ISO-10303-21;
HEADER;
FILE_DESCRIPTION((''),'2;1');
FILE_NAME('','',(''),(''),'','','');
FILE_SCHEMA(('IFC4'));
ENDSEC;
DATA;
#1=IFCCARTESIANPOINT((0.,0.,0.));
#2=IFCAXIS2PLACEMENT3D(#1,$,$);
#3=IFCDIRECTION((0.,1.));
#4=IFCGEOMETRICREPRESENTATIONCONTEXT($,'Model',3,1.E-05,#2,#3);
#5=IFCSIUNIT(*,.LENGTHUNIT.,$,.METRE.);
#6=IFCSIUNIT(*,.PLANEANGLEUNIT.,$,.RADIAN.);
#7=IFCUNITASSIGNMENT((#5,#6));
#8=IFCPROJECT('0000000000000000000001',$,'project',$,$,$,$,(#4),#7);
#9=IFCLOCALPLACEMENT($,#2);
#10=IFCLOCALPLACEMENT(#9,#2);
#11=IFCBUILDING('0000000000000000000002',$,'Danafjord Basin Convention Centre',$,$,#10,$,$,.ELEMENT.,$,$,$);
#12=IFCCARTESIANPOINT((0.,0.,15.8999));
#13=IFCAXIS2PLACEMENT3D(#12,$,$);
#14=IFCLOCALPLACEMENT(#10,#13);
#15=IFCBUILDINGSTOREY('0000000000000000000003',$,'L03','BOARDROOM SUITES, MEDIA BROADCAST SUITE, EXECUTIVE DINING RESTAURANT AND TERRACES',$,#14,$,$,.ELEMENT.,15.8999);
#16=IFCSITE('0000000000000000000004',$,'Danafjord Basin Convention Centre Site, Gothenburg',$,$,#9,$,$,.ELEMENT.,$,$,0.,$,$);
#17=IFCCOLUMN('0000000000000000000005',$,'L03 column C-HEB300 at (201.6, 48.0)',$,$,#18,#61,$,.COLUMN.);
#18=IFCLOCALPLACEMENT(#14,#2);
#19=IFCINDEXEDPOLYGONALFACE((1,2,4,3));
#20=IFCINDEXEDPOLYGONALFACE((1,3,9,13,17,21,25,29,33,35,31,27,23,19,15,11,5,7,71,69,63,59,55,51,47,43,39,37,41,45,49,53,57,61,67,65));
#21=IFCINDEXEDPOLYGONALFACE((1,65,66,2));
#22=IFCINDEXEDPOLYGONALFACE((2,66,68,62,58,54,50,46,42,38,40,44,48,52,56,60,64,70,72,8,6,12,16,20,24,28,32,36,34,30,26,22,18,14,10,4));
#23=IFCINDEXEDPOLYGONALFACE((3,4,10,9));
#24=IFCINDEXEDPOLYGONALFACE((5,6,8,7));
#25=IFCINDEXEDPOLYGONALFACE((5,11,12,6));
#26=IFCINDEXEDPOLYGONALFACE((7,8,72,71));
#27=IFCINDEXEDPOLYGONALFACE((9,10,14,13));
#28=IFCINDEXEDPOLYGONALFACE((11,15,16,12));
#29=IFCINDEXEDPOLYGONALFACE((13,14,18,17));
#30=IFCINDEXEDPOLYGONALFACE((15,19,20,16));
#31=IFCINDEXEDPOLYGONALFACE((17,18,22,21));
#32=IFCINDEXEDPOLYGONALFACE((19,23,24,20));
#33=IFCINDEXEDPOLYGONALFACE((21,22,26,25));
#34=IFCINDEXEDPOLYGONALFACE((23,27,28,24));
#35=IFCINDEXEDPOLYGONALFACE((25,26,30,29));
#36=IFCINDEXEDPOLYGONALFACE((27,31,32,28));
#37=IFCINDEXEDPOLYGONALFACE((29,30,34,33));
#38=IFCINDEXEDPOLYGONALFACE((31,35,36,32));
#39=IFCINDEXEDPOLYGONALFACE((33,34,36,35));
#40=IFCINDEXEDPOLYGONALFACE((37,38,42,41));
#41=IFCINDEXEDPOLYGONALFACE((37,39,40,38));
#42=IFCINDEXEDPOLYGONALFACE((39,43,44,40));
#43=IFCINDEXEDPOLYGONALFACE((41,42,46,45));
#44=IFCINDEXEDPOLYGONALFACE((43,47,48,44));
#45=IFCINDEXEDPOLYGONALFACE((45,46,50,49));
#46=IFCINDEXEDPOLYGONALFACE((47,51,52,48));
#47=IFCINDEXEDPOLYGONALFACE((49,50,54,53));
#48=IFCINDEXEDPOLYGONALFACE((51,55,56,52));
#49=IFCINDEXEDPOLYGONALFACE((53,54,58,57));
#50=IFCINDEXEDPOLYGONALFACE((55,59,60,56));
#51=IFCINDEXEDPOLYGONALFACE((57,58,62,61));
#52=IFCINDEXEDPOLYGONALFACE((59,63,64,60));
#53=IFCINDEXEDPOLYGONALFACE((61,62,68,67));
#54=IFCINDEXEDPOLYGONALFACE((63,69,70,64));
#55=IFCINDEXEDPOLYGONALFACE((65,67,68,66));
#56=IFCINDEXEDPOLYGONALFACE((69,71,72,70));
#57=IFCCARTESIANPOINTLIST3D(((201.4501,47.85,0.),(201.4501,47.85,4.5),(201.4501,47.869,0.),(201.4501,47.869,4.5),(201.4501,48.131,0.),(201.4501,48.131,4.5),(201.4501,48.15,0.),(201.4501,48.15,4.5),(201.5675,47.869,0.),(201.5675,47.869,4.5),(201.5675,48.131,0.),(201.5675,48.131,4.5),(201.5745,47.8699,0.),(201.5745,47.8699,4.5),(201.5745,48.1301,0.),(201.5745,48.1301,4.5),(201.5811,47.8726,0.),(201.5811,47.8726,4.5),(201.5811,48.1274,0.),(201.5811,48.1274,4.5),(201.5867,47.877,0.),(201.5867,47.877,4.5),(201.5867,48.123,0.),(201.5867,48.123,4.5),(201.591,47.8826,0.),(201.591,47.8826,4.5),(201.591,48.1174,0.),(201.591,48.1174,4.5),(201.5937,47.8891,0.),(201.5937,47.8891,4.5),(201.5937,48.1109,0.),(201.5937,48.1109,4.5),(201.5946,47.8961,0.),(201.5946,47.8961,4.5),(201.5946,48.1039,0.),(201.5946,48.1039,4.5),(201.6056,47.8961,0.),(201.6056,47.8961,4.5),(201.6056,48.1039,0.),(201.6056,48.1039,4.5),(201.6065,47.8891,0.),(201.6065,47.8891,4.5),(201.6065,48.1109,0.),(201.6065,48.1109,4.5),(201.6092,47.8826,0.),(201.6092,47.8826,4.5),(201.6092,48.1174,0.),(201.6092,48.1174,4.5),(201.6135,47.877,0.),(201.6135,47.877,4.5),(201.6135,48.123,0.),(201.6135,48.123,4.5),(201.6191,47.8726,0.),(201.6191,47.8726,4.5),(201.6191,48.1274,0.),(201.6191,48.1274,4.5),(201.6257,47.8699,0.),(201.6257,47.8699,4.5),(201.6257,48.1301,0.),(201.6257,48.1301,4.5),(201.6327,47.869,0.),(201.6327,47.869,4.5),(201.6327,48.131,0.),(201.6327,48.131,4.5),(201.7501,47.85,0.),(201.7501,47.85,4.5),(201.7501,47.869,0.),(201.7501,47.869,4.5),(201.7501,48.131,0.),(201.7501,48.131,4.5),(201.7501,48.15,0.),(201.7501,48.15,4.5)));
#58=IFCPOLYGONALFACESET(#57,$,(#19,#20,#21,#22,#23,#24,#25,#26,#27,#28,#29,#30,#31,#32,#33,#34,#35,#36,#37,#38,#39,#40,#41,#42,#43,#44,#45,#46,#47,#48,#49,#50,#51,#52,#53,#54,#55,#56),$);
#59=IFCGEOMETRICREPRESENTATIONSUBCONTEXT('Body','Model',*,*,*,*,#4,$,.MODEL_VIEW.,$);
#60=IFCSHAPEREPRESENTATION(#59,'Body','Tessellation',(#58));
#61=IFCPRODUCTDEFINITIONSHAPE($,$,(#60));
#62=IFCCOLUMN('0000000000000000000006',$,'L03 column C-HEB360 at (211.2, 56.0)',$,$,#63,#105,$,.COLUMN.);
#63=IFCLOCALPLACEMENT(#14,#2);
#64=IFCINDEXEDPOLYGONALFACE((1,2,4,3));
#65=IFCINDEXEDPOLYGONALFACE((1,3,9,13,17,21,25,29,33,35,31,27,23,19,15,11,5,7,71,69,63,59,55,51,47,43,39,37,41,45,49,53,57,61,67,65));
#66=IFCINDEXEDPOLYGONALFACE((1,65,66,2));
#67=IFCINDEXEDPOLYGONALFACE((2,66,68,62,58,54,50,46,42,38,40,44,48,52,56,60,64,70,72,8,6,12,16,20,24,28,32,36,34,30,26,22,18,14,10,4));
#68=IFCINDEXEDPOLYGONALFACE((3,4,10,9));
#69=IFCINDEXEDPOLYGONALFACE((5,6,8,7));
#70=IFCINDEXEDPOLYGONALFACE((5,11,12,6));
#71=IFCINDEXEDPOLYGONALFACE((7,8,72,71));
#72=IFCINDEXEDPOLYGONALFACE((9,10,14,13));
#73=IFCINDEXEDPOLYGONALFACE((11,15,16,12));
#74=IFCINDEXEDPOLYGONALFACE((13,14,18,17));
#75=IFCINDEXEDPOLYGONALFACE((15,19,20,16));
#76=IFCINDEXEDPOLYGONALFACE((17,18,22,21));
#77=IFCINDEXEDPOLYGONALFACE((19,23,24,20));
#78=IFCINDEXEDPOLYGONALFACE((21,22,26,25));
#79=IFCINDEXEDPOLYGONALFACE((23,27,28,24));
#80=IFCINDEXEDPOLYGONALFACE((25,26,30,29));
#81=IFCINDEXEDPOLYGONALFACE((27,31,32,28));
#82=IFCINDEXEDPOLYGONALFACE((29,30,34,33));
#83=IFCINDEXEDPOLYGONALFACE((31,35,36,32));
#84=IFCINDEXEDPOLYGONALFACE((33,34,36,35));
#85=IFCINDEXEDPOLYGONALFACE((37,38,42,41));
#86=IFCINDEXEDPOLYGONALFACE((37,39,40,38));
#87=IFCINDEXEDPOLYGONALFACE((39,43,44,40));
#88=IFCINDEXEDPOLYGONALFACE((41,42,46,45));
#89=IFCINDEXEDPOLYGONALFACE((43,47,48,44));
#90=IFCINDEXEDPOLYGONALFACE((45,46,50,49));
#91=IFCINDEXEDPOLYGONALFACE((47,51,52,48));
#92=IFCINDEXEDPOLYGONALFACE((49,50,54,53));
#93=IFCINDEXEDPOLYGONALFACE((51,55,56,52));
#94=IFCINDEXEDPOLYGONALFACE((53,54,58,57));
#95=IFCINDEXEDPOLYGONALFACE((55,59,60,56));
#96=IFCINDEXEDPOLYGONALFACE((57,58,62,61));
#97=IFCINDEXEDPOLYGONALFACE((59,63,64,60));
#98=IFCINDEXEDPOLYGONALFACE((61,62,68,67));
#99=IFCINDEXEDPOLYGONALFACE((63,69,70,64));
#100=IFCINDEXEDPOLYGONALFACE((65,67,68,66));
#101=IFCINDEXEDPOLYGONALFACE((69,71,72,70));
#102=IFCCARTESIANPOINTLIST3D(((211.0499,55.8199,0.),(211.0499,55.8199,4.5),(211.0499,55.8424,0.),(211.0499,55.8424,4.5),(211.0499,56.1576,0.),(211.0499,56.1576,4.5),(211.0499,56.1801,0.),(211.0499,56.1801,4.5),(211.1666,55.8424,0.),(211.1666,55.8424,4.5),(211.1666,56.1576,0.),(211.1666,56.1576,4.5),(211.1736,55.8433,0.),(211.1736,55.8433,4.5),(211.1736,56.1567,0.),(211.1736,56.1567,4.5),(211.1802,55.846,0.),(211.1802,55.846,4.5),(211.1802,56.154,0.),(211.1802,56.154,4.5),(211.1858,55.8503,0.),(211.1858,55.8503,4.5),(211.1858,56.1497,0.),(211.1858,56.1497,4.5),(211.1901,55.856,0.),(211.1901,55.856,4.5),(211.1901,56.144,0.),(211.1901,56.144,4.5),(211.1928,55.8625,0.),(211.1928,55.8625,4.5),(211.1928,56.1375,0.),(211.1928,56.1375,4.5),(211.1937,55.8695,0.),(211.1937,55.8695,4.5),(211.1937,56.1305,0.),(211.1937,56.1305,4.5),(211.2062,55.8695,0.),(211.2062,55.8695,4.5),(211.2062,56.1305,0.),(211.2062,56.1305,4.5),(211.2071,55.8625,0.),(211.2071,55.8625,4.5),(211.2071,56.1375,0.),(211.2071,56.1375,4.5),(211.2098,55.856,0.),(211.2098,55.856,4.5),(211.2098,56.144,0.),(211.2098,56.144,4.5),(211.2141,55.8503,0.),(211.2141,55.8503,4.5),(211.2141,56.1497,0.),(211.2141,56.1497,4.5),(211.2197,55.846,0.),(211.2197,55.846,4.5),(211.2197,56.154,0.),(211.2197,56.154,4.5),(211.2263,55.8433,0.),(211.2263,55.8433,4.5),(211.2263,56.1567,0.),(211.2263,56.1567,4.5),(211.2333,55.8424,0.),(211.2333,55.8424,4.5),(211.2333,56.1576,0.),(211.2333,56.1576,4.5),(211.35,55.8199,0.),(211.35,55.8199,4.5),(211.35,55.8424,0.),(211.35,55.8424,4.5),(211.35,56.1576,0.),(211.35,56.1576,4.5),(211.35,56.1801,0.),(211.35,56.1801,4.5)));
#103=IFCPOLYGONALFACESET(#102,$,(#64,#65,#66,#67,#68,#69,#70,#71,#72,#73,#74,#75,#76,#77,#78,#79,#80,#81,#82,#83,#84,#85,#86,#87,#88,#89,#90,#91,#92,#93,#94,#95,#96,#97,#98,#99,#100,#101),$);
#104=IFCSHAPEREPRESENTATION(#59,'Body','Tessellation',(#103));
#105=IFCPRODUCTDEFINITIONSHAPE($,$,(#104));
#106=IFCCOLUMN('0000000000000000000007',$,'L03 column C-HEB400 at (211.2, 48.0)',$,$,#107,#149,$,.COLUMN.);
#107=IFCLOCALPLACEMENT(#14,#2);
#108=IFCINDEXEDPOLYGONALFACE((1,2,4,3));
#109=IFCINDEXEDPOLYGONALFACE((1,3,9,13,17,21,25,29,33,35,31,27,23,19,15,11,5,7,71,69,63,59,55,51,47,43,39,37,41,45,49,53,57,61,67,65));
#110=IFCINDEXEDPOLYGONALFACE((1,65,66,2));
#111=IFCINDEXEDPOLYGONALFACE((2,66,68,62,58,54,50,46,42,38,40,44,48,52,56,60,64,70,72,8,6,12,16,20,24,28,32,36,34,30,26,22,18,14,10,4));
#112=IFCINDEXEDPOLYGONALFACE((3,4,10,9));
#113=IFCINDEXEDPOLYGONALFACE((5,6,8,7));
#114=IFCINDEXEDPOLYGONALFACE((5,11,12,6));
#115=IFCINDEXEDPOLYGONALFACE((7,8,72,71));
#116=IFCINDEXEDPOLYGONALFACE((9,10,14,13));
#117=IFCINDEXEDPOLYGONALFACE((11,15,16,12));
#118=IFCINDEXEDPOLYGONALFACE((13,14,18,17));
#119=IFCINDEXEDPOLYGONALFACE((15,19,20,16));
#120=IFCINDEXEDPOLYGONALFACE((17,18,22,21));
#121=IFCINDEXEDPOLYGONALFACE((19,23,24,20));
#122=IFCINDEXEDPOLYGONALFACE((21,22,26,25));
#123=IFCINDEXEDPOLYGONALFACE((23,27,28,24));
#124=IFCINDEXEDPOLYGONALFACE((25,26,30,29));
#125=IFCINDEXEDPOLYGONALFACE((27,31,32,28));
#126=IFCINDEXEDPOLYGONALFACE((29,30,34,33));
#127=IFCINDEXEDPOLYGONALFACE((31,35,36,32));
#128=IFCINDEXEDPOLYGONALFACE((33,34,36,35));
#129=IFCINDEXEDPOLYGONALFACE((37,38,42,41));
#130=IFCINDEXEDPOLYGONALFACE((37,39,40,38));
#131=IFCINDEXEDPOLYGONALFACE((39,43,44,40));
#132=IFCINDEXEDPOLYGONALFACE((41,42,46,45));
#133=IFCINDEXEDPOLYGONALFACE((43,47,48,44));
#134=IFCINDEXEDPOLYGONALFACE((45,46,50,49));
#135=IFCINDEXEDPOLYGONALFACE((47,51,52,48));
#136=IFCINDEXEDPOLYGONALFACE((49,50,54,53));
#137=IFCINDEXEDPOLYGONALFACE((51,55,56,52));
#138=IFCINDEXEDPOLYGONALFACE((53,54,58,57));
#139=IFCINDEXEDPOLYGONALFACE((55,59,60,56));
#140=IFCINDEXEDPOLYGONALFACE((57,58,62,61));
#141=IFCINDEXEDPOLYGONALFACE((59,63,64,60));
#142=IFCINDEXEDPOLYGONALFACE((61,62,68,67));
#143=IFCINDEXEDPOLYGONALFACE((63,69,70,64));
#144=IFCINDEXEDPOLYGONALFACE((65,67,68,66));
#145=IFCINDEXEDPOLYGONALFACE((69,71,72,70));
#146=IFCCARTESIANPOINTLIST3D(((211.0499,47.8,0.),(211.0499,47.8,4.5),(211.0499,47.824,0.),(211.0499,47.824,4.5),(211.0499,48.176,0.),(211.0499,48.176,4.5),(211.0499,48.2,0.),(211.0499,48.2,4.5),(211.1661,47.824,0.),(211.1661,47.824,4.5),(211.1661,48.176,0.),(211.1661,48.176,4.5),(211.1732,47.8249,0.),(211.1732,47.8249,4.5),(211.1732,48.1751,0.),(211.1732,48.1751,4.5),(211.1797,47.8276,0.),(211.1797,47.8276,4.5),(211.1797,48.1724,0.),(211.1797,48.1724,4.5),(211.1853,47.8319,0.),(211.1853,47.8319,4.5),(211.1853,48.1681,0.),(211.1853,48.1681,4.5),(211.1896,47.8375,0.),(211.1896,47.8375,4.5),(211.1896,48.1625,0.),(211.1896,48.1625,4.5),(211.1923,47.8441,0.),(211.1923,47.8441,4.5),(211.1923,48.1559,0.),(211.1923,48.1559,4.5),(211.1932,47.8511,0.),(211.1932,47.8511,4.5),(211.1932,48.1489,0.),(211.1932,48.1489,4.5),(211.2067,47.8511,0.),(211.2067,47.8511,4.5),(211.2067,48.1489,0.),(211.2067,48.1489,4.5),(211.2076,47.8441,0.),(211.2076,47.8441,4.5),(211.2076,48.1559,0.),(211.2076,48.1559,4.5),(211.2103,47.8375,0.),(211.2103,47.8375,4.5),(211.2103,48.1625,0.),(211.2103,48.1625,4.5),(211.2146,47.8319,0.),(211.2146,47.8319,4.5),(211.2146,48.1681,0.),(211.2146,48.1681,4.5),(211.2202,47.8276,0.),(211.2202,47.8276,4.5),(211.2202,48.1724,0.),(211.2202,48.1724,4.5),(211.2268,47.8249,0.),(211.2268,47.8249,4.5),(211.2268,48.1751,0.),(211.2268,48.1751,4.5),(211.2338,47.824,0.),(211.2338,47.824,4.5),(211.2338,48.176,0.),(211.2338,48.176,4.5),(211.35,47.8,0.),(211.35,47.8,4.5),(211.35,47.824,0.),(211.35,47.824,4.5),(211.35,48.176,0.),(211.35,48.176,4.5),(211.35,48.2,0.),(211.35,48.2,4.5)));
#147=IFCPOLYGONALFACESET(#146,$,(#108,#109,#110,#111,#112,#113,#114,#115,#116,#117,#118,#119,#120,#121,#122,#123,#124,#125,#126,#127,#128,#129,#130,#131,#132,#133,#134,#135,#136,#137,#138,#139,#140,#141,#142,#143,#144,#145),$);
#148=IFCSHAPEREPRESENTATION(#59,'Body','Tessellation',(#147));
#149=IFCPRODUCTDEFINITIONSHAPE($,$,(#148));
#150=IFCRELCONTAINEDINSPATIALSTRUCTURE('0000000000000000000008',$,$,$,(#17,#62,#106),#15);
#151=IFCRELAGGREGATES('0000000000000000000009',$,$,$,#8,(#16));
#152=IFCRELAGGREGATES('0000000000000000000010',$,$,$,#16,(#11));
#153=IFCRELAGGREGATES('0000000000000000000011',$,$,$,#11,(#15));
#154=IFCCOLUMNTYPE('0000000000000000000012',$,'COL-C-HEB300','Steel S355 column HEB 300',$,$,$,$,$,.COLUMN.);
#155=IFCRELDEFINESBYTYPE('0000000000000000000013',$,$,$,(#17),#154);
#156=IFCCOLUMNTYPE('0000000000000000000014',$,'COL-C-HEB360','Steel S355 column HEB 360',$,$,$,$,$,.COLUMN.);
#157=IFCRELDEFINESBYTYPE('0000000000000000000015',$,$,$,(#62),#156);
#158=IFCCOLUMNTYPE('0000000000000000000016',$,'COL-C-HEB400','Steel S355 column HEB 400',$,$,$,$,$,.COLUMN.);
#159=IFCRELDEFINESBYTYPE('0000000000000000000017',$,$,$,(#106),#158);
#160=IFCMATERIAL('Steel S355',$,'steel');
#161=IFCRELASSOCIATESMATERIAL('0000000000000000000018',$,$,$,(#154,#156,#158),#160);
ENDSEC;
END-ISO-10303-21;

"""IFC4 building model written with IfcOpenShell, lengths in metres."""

from ifc_helpers import new_model, si_unit, direction, frame, origin, origin_2d, place, context, subcontext, project, spatial, i_section, extrude, material, material_profile, profile_set, type_object, element, save


model = new_model("IFC4")

# Units and contexts
model_context = context("Model", 3, precision=1e-05, world=origin(), true_north=direction((0.0, 1.0)))
body_context = subcontext(model_context, "Body", "Model", "MODEL_VIEW")
ifc_project = project(units=[si_unit("LENGTHUNIT", "METRE"), si_unit("PLANEANGLEUNIT", "RADIAN")], contexts=[model_context])

# Site, building, storey
site_placement = place(None, origin())
site = spatial("IfcSite", under=ifc_project, at=site_placement, Name="Danafjord Basin Convention Centre Site, Gothenburg", CompositionType="ELEMENT", RefElevation=0.0)
building_placement = place(site_placement, origin())
building = spatial("IfcBuilding", under=site, at=building_placement, Name="Danafjord Basin Convention Centre", CompositionType="ELEMENT")
storey_placement = place(building_placement, frame((0.0, 0.0, 15.8999)))
storey = spatial("IfcBuildingStorey", under=building, at=storey_placement, Name="L03", Description="BOARDROOM SUITES, MEDIA BROADCAST SUITE, EXECUTIVE DINING RESTAURANT AND TERRACES", CompositionType="ELEMENT", Elevation=15.8999)

# Columns
ifc_material_1 = material(Name="Steel S355", Category="steel")
ifc_material_profile_1 = material_profile(ifc_material_1, i_section(OverallWidth=0.3, OverallDepth=0.3, WebThickness=0.011, FlangeThickness=0.019, FilletRadius=0.0271, at=origin_2d()), Name="HEB 300")
ifc_profile_set_1 = profile_set([ifc_material_profile_1], Name="Steel S355")
column_type_1 = type_object("IfcColumnType", Name="COL-C-HEB300", Description="Steel S355 column HEB 300", PredefinedType="COLUMN", material=ifc_profile_set_1)
column_1_placement = place(storey_placement, frame((201.6001, 48.0, 0.0), z_axis=(0.0, 0.0, 1.0), x_axis=(1.0, 0.0, 0.0)))
element("IfcColumn", 1, at=column_1_placement, inside=storey, type_object=column_type_1, Name="L03 column C-HEB300 at (201.6, 48.0)", PredefinedType="COLUMN", context=body_context, shape_type="SweptSolid", body=[
    extrude(i_section(OverallWidth=0.3, OverallDepth=0.3, WebThickness=0.011, FlangeThickness=0.019, FilletRadius=0.0271, at=origin_2d()), origin(), (0.0, 0.0, 1.0), 4.5),
])
ifc_material_profile_2 = material_profile(ifc_material_1, i_section(OverallWidth=0.3, OverallDepth=0.3601, WebThickness=0.0125, FlangeThickness=0.0225, FilletRadius=0.0271, at=origin_2d()), Name="HEB 360")
ifc_profile_set_2 = profile_set([ifc_material_profile_2], Name="Steel S355")
column_type_2 = type_object("IfcColumnType", Name="COL-C-HEB360", Description="Steel S355 column HEB 360", PredefinedType="COLUMN", material=ifc_profile_set_2)
column_2_placement = place(storey_placement, frame((211.2, 56.0, 0.0), z_axis=(0.0, 0.0, 1.0), x_axis=(1.0, 0.0, 0.0)))
element("IfcColumn", 2, at=column_2_placement, inside=storey, type_object=column_type_2, Name="L03 column C-HEB360 at (211.2, 56.0)", PredefinedType="COLUMN", context=body_context, shape_type="SweptSolid", body=[
    extrude(i_section(OverallWidth=0.3, OverallDepth=0.3601, WebThickness=0.0125, FlangeThickness=0.0225, FilletRadius=0.0271, at=origin_2d()), origin(), (0.0, 0.0, 1.0), 4.5),
])
ifc_material_profile_3 = material_profile(ifc_material_1, i_section(OverallWidth=0.3, OverallDepth=0.3999, WebThickness=0.0134, FlangeThickness=0.0239, FilletRadius=0.0271, at=origin_2d()), Name="HEB 400")
ifc_profile_set_3 = profile_set([ifc_material_profile_3], Name="Steel S355")
column_type_3 = type_object("IfcColumnType", Name="COL-C-HEB400", Description="Steel S355 column HEB 400", PredefinedType="COLUMN", material=ifc_profile_set_3)
column_3_placement = place(storey_placement, frame((211.2, 48.0, 0.0), z_axis=(0.0, 0.0, 1.0), x_axis=(1.0, 0.0, 0.0)))
element("IfcColumn", 3, at=column_3_placement, inside=storey, type_object=column_type_3, Name="L03 column C-HEB400 at (211.2, 48.0)", PredefinedType="COLUMN", context=body_context, shape_type="SweptSolid", body=[
    extrude(i_section(OverallWidth=0.3, OverallDepth=0.3999, WebThickness=0.0134, FlangeThickness=0.0239, FilletRadius=0.0271, at=origin_2d()), origin(), (0.0, 0.0, 1.0), 4.5),
])

save(model, "model.ifc")
